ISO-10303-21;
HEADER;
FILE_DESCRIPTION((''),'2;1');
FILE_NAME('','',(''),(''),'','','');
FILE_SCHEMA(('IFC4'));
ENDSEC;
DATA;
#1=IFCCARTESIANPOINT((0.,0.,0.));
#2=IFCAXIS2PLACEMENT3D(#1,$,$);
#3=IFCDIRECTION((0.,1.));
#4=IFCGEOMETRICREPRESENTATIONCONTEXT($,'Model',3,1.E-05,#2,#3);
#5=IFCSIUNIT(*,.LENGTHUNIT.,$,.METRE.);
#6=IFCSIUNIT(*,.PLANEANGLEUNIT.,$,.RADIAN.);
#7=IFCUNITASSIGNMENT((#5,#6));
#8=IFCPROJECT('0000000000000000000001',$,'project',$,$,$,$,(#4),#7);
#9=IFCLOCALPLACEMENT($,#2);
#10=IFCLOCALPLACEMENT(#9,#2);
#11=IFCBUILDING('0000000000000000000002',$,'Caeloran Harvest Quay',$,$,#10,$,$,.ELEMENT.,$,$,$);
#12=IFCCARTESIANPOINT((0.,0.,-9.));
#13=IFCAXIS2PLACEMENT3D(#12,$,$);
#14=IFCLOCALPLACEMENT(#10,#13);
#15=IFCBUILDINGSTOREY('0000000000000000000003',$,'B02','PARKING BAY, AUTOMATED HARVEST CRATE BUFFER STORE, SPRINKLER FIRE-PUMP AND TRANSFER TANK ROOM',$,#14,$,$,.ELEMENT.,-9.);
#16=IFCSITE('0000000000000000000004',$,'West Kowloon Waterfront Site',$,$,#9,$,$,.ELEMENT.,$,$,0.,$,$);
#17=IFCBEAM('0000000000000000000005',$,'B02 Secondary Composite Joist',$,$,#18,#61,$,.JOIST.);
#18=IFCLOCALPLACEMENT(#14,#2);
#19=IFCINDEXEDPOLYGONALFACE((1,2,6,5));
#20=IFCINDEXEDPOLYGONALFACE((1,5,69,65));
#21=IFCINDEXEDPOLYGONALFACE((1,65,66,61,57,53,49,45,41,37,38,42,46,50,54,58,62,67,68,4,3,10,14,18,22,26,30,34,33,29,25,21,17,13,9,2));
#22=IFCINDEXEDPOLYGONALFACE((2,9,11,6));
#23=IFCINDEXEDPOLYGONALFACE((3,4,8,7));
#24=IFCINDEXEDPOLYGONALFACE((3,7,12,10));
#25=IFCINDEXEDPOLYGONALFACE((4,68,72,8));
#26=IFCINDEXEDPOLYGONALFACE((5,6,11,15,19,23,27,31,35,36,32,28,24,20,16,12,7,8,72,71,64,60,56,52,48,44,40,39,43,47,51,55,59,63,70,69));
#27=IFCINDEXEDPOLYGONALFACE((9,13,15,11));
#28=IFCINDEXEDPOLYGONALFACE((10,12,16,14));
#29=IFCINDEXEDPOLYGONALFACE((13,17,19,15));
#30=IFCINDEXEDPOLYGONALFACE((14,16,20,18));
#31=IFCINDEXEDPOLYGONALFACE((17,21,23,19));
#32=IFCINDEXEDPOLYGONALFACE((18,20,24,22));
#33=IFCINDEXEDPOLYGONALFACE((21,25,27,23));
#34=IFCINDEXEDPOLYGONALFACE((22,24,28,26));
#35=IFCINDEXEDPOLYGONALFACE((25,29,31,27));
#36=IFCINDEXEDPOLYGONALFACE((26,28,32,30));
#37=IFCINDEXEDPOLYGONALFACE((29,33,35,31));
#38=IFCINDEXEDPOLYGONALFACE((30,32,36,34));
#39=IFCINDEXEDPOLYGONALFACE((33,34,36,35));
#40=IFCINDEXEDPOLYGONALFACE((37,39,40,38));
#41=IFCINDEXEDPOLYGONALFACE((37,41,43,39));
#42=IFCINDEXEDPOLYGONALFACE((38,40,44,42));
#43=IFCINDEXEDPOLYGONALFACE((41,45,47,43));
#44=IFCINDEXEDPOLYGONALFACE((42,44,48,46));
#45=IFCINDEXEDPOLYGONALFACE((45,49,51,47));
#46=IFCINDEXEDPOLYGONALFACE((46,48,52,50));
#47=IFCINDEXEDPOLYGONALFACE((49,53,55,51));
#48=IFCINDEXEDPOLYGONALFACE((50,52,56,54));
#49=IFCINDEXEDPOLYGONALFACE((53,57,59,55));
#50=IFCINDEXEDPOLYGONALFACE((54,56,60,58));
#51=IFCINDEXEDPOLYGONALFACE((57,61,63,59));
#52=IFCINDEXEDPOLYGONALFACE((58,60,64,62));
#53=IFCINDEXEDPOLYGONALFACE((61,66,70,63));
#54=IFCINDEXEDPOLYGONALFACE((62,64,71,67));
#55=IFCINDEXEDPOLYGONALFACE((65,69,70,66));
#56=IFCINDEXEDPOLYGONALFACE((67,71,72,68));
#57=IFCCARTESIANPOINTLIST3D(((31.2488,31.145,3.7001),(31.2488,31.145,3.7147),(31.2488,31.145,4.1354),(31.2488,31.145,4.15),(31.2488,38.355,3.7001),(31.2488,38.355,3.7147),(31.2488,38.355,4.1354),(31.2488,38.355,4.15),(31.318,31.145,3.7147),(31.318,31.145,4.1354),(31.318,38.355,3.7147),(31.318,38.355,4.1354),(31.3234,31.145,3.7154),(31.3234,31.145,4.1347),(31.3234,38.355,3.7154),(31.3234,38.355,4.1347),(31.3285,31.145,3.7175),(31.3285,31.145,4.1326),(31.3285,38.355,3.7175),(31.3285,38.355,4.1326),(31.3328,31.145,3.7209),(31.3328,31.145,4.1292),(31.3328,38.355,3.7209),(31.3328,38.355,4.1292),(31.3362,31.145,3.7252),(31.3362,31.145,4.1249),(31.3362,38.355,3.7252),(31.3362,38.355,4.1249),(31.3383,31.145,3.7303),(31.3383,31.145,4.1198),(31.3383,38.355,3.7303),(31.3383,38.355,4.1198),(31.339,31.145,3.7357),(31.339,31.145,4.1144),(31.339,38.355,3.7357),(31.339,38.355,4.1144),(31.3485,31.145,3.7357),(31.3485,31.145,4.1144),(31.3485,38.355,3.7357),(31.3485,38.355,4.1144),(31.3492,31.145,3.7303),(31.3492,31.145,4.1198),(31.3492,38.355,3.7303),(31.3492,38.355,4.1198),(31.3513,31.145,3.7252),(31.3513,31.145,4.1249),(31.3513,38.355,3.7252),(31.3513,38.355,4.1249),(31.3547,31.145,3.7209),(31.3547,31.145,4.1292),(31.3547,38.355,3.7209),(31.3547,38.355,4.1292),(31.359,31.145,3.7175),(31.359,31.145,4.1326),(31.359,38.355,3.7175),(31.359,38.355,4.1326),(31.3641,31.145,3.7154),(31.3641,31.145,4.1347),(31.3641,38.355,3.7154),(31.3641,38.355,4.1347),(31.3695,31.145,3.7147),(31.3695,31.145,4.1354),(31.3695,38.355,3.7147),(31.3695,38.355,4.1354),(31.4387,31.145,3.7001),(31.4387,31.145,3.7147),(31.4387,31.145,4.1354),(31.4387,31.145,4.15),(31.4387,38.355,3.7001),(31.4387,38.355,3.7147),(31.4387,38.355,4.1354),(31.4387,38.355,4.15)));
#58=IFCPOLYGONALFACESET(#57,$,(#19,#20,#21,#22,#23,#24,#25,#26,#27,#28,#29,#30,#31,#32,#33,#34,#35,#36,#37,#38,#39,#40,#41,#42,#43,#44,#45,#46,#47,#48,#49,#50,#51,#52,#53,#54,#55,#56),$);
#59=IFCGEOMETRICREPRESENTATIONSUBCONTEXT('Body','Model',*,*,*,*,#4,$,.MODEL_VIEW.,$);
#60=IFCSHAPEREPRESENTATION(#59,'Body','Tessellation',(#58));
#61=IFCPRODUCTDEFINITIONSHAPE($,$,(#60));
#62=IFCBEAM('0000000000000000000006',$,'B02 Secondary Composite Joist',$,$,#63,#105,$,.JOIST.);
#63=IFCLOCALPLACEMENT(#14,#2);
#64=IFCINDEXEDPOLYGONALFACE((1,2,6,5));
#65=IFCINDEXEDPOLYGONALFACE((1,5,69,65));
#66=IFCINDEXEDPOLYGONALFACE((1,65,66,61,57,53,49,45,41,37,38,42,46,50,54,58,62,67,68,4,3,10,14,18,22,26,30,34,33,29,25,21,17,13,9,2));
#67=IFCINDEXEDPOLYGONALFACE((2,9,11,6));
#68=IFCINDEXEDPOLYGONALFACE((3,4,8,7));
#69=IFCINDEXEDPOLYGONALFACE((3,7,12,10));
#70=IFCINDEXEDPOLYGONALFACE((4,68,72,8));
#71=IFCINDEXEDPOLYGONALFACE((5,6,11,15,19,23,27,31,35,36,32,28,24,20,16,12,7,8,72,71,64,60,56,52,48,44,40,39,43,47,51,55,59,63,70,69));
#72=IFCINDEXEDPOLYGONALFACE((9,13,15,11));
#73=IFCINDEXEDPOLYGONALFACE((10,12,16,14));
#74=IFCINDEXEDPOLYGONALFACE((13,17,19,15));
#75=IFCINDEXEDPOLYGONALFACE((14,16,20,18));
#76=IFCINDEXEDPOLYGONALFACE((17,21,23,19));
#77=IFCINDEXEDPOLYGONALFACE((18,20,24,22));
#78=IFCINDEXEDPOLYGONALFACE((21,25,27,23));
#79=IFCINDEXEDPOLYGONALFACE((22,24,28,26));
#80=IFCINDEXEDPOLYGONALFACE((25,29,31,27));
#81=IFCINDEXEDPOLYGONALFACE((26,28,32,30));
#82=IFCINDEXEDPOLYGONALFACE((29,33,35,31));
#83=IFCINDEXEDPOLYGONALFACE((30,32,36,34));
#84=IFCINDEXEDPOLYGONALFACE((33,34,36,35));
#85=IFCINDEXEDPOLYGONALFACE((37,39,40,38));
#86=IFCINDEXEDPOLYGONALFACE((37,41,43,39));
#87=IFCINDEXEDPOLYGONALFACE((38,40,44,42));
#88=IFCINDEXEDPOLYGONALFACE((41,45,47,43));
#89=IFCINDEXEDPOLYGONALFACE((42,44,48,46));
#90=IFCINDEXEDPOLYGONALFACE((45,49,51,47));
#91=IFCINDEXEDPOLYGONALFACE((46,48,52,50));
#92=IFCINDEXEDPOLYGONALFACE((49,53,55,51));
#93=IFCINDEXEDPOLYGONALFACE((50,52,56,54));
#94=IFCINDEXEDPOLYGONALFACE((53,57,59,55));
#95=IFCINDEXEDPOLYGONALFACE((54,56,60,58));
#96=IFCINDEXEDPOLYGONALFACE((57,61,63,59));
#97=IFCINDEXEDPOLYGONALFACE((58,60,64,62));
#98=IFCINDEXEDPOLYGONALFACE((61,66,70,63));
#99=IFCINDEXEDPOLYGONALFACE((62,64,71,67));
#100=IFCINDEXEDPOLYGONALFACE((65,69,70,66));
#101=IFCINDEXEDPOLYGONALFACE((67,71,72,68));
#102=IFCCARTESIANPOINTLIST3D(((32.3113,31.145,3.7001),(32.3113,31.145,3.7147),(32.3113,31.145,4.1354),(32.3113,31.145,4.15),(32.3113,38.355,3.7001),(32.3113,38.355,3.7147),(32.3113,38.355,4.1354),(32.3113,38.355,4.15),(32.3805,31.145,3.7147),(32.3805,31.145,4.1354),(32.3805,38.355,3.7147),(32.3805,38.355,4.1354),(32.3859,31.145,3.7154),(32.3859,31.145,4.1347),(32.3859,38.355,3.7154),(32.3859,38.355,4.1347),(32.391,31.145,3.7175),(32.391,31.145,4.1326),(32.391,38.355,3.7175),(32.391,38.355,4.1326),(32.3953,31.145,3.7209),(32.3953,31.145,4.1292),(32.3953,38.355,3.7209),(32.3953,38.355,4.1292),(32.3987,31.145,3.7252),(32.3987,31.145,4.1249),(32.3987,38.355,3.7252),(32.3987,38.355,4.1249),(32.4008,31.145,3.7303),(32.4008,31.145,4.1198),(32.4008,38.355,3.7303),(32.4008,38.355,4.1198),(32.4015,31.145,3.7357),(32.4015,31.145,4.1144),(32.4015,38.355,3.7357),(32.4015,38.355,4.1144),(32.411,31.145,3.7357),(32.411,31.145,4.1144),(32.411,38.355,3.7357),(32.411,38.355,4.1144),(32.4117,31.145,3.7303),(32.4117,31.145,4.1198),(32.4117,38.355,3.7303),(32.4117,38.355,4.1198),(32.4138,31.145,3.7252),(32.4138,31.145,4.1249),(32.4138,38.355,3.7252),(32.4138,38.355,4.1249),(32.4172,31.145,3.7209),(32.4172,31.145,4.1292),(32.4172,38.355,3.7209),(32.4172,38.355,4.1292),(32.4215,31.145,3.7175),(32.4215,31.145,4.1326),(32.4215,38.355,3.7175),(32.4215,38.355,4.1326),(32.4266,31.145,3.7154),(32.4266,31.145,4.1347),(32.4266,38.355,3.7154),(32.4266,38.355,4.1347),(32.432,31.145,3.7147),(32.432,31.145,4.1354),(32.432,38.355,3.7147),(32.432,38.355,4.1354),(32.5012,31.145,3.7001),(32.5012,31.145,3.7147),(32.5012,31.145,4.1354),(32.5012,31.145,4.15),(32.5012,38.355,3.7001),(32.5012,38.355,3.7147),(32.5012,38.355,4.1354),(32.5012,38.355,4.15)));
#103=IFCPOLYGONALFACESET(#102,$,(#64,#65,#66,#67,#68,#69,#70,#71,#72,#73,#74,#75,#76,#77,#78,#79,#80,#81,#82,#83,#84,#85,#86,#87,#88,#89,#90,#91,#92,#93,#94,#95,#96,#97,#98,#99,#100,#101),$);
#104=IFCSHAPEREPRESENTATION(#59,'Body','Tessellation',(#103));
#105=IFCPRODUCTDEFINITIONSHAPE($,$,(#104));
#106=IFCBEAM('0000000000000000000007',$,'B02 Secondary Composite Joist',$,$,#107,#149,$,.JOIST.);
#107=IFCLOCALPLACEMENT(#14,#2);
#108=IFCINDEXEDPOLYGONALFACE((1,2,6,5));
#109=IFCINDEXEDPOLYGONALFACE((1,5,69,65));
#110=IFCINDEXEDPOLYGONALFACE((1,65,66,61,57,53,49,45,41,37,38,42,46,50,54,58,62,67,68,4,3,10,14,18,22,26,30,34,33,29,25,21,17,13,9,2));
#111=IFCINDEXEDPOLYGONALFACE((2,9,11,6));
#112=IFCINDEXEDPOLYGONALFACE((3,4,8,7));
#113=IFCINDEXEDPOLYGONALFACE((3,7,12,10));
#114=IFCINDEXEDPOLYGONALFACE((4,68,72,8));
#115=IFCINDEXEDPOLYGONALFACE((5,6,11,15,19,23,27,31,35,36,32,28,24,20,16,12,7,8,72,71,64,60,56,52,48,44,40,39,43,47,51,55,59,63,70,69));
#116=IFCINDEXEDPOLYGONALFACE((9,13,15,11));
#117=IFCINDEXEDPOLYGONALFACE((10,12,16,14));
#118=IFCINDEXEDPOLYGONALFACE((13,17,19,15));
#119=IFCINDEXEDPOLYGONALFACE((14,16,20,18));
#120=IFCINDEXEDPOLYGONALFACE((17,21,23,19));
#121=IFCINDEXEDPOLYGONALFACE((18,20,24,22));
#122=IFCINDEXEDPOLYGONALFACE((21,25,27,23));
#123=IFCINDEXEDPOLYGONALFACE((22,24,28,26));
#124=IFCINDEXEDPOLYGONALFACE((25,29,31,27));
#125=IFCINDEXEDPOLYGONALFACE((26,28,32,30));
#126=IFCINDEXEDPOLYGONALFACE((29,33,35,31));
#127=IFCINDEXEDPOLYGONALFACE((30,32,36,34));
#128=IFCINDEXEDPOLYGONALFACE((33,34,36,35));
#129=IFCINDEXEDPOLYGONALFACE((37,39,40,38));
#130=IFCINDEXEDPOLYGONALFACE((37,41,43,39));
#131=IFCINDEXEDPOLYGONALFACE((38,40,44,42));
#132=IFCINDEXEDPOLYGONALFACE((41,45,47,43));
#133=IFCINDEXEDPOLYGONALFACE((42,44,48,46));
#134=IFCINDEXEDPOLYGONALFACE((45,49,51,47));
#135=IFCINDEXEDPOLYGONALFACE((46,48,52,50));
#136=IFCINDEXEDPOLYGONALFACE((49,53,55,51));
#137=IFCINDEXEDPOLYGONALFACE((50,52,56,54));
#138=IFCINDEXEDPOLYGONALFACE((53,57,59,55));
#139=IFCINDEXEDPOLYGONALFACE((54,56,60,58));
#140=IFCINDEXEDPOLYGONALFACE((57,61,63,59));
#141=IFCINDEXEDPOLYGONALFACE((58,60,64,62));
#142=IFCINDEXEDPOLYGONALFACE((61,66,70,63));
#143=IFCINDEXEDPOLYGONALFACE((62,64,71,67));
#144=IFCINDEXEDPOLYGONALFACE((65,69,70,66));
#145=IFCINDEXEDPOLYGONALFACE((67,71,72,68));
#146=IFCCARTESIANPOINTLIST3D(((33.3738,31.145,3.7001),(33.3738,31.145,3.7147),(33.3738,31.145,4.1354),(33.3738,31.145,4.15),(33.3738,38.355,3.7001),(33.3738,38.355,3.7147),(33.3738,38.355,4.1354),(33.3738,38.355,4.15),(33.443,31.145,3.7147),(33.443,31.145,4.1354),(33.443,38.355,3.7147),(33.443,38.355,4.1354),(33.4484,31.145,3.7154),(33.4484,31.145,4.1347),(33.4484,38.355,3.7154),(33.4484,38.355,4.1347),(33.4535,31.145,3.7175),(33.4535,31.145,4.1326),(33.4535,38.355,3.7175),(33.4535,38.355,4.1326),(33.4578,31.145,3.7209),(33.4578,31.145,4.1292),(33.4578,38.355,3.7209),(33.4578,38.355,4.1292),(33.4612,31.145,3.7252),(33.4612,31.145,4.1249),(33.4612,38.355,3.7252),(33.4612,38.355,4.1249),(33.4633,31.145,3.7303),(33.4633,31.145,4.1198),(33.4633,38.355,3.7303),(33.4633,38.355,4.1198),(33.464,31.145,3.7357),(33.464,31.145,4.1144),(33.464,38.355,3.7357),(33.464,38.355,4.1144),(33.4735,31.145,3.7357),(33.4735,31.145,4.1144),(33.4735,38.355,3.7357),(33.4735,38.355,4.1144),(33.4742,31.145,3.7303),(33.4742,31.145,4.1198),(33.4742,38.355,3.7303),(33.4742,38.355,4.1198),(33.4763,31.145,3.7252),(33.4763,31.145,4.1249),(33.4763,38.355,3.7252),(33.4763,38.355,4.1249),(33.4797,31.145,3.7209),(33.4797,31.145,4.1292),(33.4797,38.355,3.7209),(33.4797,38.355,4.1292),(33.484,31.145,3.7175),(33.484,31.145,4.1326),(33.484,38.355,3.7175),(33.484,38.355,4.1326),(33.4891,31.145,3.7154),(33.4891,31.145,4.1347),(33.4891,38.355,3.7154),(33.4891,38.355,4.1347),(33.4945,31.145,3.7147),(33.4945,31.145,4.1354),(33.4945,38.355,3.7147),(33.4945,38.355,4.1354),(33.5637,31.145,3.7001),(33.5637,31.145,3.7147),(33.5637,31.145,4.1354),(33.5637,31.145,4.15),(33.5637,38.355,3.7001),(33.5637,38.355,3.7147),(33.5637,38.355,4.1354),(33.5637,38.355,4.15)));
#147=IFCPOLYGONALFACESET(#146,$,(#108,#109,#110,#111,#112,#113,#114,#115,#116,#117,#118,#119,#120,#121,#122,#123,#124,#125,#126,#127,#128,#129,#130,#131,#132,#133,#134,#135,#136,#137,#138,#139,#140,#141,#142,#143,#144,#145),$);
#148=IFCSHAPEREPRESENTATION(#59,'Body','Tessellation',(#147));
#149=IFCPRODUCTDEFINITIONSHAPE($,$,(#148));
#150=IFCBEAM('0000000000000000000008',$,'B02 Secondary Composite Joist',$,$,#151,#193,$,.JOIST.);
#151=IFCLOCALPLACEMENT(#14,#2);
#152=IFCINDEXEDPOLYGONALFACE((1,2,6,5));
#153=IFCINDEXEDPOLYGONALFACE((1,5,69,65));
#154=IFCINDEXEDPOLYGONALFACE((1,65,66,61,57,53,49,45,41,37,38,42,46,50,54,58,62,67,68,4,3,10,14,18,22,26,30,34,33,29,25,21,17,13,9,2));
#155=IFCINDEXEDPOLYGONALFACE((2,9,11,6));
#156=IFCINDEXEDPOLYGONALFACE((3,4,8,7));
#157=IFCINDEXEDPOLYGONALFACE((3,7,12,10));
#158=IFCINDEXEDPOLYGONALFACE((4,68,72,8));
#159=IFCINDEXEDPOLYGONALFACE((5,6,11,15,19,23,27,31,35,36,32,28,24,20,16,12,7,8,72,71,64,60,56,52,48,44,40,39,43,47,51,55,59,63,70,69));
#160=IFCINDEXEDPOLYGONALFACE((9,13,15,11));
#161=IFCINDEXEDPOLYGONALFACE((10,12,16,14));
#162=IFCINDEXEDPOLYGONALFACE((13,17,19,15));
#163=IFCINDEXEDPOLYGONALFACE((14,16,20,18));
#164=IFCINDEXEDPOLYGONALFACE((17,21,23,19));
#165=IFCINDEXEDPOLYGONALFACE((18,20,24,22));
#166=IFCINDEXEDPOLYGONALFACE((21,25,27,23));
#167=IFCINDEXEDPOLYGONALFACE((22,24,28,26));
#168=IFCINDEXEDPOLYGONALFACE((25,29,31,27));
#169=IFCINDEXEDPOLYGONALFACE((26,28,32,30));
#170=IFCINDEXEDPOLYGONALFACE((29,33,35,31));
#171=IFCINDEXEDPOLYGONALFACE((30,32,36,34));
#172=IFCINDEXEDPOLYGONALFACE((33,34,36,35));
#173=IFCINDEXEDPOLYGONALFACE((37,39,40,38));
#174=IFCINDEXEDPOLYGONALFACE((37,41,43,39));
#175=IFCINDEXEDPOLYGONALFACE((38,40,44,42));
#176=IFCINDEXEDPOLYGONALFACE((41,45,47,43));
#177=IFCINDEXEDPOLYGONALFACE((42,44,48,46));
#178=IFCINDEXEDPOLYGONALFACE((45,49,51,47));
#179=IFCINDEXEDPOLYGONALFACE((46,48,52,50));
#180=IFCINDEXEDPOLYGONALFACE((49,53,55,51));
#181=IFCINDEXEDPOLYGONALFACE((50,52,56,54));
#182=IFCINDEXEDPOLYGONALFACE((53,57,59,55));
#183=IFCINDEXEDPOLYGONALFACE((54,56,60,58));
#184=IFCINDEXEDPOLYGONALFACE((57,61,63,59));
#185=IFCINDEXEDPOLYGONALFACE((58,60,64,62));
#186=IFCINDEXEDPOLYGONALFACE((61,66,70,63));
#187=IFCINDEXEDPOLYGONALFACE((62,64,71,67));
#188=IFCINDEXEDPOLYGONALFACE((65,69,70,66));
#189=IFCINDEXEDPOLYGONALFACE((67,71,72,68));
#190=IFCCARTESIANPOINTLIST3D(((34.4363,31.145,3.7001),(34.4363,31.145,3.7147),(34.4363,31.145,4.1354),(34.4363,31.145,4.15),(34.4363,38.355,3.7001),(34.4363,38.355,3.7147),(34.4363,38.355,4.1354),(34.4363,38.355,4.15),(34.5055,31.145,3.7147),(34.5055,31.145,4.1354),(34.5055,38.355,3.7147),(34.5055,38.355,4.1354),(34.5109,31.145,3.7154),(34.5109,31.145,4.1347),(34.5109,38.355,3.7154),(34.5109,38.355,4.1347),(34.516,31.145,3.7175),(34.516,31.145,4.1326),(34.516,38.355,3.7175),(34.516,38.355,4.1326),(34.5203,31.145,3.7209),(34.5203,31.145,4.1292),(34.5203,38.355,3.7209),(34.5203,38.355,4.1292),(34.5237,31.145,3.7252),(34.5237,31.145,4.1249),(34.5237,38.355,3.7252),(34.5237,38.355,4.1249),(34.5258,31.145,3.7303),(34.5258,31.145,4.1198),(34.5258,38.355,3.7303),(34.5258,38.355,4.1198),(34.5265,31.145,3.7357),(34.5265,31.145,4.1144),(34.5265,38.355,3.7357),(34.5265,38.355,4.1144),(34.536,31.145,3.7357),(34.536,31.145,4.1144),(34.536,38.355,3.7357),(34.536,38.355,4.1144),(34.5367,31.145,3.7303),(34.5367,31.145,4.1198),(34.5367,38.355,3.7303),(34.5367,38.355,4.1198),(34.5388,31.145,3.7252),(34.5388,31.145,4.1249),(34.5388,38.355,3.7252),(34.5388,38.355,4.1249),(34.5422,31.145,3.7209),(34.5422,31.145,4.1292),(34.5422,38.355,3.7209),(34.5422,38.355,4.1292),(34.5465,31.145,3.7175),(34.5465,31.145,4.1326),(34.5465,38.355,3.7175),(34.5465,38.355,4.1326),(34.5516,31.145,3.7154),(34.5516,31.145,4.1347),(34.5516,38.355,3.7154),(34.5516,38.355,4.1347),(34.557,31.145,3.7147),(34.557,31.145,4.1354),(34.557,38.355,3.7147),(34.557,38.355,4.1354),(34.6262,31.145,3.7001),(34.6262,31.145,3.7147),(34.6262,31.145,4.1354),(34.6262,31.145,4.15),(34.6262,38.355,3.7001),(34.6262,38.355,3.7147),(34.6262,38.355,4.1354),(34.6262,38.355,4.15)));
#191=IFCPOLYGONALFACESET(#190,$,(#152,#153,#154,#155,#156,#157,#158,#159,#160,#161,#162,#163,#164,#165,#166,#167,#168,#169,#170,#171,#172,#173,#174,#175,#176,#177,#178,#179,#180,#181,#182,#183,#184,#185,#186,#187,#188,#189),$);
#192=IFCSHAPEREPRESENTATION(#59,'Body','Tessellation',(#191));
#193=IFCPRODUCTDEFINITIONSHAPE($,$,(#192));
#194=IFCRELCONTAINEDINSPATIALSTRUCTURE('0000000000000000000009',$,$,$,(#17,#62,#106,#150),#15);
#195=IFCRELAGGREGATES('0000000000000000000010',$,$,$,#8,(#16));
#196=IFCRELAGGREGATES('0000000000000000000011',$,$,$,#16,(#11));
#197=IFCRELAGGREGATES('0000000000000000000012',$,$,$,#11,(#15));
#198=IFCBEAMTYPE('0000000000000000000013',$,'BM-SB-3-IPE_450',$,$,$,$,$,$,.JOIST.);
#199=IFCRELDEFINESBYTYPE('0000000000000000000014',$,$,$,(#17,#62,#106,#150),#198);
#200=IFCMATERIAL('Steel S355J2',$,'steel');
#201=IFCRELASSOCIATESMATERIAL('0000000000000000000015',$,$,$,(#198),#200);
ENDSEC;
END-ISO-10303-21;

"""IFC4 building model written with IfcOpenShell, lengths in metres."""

from ifc_helpers import new_model, si_unit, direction, frame, origin, origin_2d, place, context, subcontext, project, spatial, i_section, extrude, material, material_profile, profile_set, type_object, element, save


model = new_model("IFC4")

# Units and contexts
model_context = context("Model", 3, precision=1e-05, world=origin(), true_north=direction((0.0, 1.0)))
body_context = subcontext(model_context, "Body", "Model", "MODEL_VIEW")
ifc_project = project(units=[si_unit("LENGTHUNIT", "METRE"), si_unit("PLANEANGLEUNIT", "RADIAN")], contexts=[model_context])

# Site, building, storey
site_placement = place(None, origin())
site = spatial("IfcSite", under=ifc_project, at=site_placement, Name="West Kowloon Waterfront Site", CompositionType="ELEMENT", RefElevation=0.0)
building_placement = place(site_placement, origin())
building = spatial("IfcBuilding", under=site, at=building_placement, Name="Caeloran Harvest Quay", CompositionType="ELEMENT")
storey_placement = place(building_placement, frame((0.0, 0.0, -9.0)))
storey = spatial("IfcBuildingStorey", under=building, at=storey_placement, Name="B02", Description="PARKING BAY, AUTOMATED HARVEST CRATE BUFFER STORE, SPRINKLER FIRE-PUMP AND TRANSFER TANK ROOM", CompositionType="ELEMENT", Elevation=-9.0)

# Beams
ifc_material_1 = material(Name="Steel S355J2", Category="steel")
ifc_material_profile_1 = material_profile(ifc_material_1, i_section(OverallWidth=0.1899, OverallDepth=0.45, WebThickness=0.0095, FlangeThickness=0.0146, FilletRadius=0.021, at=origin_2d()), Name="IPE 450")
ifc_profile_set_1 = profile_set([ifc_material_profile_1], Name="Steel S355J2")
beam_type_1 = type_object("IfcBeamType", Name="BM-SB-3-IPE_450", PredefinedType="JOIST", material=ifc_profile_set_1)
for number, where, z_axis, x_axis, name in (
    (1, (31.3438, 31.145, 3.925), (0.0, 1.0, 0.0), (-1.0, 0.0, 0.0), "B02 Secondary Composite Joist"),
    (2, (32.4062, 31.145, 3.925), (0.0, 1.0, 0.0), (-1.0, 0.0, 0.0), "B02 Secondary Composite Joist"),
    (3, (33.4688, 31.145, 3.925), (0.0, 1.0, 0.0), (-1.0, 0.0, 0.0), "B02 Secondary Composite Joist"),
    (4, (34.5312, 31.145, 3.925), (0.0, 1.0, 0.0), (-1.0, 0.0, 0.0), "B02 Secondary Composite Joist"),
):
    element("IfcBeam", number, at=place(storey_placement, frame(where, z_axis=z_axis, x_axis=x_axis)), inside=storey, type_object=beam_type_1, Name=name, PredefinedType="JOIST", context=body_context, shape_type="SweptSolid", body=[
        extrude(i_section(OverallWidth=0.1899, OverallDepth=0.45, WebThickness=0.0095, FlangeThickness=0.0146, FilletRadius=0.021, at=origin_2d()), origin(), (0.0, 0.0, 1.0), 7.21),
    ])

save(model, "model.ifc")
